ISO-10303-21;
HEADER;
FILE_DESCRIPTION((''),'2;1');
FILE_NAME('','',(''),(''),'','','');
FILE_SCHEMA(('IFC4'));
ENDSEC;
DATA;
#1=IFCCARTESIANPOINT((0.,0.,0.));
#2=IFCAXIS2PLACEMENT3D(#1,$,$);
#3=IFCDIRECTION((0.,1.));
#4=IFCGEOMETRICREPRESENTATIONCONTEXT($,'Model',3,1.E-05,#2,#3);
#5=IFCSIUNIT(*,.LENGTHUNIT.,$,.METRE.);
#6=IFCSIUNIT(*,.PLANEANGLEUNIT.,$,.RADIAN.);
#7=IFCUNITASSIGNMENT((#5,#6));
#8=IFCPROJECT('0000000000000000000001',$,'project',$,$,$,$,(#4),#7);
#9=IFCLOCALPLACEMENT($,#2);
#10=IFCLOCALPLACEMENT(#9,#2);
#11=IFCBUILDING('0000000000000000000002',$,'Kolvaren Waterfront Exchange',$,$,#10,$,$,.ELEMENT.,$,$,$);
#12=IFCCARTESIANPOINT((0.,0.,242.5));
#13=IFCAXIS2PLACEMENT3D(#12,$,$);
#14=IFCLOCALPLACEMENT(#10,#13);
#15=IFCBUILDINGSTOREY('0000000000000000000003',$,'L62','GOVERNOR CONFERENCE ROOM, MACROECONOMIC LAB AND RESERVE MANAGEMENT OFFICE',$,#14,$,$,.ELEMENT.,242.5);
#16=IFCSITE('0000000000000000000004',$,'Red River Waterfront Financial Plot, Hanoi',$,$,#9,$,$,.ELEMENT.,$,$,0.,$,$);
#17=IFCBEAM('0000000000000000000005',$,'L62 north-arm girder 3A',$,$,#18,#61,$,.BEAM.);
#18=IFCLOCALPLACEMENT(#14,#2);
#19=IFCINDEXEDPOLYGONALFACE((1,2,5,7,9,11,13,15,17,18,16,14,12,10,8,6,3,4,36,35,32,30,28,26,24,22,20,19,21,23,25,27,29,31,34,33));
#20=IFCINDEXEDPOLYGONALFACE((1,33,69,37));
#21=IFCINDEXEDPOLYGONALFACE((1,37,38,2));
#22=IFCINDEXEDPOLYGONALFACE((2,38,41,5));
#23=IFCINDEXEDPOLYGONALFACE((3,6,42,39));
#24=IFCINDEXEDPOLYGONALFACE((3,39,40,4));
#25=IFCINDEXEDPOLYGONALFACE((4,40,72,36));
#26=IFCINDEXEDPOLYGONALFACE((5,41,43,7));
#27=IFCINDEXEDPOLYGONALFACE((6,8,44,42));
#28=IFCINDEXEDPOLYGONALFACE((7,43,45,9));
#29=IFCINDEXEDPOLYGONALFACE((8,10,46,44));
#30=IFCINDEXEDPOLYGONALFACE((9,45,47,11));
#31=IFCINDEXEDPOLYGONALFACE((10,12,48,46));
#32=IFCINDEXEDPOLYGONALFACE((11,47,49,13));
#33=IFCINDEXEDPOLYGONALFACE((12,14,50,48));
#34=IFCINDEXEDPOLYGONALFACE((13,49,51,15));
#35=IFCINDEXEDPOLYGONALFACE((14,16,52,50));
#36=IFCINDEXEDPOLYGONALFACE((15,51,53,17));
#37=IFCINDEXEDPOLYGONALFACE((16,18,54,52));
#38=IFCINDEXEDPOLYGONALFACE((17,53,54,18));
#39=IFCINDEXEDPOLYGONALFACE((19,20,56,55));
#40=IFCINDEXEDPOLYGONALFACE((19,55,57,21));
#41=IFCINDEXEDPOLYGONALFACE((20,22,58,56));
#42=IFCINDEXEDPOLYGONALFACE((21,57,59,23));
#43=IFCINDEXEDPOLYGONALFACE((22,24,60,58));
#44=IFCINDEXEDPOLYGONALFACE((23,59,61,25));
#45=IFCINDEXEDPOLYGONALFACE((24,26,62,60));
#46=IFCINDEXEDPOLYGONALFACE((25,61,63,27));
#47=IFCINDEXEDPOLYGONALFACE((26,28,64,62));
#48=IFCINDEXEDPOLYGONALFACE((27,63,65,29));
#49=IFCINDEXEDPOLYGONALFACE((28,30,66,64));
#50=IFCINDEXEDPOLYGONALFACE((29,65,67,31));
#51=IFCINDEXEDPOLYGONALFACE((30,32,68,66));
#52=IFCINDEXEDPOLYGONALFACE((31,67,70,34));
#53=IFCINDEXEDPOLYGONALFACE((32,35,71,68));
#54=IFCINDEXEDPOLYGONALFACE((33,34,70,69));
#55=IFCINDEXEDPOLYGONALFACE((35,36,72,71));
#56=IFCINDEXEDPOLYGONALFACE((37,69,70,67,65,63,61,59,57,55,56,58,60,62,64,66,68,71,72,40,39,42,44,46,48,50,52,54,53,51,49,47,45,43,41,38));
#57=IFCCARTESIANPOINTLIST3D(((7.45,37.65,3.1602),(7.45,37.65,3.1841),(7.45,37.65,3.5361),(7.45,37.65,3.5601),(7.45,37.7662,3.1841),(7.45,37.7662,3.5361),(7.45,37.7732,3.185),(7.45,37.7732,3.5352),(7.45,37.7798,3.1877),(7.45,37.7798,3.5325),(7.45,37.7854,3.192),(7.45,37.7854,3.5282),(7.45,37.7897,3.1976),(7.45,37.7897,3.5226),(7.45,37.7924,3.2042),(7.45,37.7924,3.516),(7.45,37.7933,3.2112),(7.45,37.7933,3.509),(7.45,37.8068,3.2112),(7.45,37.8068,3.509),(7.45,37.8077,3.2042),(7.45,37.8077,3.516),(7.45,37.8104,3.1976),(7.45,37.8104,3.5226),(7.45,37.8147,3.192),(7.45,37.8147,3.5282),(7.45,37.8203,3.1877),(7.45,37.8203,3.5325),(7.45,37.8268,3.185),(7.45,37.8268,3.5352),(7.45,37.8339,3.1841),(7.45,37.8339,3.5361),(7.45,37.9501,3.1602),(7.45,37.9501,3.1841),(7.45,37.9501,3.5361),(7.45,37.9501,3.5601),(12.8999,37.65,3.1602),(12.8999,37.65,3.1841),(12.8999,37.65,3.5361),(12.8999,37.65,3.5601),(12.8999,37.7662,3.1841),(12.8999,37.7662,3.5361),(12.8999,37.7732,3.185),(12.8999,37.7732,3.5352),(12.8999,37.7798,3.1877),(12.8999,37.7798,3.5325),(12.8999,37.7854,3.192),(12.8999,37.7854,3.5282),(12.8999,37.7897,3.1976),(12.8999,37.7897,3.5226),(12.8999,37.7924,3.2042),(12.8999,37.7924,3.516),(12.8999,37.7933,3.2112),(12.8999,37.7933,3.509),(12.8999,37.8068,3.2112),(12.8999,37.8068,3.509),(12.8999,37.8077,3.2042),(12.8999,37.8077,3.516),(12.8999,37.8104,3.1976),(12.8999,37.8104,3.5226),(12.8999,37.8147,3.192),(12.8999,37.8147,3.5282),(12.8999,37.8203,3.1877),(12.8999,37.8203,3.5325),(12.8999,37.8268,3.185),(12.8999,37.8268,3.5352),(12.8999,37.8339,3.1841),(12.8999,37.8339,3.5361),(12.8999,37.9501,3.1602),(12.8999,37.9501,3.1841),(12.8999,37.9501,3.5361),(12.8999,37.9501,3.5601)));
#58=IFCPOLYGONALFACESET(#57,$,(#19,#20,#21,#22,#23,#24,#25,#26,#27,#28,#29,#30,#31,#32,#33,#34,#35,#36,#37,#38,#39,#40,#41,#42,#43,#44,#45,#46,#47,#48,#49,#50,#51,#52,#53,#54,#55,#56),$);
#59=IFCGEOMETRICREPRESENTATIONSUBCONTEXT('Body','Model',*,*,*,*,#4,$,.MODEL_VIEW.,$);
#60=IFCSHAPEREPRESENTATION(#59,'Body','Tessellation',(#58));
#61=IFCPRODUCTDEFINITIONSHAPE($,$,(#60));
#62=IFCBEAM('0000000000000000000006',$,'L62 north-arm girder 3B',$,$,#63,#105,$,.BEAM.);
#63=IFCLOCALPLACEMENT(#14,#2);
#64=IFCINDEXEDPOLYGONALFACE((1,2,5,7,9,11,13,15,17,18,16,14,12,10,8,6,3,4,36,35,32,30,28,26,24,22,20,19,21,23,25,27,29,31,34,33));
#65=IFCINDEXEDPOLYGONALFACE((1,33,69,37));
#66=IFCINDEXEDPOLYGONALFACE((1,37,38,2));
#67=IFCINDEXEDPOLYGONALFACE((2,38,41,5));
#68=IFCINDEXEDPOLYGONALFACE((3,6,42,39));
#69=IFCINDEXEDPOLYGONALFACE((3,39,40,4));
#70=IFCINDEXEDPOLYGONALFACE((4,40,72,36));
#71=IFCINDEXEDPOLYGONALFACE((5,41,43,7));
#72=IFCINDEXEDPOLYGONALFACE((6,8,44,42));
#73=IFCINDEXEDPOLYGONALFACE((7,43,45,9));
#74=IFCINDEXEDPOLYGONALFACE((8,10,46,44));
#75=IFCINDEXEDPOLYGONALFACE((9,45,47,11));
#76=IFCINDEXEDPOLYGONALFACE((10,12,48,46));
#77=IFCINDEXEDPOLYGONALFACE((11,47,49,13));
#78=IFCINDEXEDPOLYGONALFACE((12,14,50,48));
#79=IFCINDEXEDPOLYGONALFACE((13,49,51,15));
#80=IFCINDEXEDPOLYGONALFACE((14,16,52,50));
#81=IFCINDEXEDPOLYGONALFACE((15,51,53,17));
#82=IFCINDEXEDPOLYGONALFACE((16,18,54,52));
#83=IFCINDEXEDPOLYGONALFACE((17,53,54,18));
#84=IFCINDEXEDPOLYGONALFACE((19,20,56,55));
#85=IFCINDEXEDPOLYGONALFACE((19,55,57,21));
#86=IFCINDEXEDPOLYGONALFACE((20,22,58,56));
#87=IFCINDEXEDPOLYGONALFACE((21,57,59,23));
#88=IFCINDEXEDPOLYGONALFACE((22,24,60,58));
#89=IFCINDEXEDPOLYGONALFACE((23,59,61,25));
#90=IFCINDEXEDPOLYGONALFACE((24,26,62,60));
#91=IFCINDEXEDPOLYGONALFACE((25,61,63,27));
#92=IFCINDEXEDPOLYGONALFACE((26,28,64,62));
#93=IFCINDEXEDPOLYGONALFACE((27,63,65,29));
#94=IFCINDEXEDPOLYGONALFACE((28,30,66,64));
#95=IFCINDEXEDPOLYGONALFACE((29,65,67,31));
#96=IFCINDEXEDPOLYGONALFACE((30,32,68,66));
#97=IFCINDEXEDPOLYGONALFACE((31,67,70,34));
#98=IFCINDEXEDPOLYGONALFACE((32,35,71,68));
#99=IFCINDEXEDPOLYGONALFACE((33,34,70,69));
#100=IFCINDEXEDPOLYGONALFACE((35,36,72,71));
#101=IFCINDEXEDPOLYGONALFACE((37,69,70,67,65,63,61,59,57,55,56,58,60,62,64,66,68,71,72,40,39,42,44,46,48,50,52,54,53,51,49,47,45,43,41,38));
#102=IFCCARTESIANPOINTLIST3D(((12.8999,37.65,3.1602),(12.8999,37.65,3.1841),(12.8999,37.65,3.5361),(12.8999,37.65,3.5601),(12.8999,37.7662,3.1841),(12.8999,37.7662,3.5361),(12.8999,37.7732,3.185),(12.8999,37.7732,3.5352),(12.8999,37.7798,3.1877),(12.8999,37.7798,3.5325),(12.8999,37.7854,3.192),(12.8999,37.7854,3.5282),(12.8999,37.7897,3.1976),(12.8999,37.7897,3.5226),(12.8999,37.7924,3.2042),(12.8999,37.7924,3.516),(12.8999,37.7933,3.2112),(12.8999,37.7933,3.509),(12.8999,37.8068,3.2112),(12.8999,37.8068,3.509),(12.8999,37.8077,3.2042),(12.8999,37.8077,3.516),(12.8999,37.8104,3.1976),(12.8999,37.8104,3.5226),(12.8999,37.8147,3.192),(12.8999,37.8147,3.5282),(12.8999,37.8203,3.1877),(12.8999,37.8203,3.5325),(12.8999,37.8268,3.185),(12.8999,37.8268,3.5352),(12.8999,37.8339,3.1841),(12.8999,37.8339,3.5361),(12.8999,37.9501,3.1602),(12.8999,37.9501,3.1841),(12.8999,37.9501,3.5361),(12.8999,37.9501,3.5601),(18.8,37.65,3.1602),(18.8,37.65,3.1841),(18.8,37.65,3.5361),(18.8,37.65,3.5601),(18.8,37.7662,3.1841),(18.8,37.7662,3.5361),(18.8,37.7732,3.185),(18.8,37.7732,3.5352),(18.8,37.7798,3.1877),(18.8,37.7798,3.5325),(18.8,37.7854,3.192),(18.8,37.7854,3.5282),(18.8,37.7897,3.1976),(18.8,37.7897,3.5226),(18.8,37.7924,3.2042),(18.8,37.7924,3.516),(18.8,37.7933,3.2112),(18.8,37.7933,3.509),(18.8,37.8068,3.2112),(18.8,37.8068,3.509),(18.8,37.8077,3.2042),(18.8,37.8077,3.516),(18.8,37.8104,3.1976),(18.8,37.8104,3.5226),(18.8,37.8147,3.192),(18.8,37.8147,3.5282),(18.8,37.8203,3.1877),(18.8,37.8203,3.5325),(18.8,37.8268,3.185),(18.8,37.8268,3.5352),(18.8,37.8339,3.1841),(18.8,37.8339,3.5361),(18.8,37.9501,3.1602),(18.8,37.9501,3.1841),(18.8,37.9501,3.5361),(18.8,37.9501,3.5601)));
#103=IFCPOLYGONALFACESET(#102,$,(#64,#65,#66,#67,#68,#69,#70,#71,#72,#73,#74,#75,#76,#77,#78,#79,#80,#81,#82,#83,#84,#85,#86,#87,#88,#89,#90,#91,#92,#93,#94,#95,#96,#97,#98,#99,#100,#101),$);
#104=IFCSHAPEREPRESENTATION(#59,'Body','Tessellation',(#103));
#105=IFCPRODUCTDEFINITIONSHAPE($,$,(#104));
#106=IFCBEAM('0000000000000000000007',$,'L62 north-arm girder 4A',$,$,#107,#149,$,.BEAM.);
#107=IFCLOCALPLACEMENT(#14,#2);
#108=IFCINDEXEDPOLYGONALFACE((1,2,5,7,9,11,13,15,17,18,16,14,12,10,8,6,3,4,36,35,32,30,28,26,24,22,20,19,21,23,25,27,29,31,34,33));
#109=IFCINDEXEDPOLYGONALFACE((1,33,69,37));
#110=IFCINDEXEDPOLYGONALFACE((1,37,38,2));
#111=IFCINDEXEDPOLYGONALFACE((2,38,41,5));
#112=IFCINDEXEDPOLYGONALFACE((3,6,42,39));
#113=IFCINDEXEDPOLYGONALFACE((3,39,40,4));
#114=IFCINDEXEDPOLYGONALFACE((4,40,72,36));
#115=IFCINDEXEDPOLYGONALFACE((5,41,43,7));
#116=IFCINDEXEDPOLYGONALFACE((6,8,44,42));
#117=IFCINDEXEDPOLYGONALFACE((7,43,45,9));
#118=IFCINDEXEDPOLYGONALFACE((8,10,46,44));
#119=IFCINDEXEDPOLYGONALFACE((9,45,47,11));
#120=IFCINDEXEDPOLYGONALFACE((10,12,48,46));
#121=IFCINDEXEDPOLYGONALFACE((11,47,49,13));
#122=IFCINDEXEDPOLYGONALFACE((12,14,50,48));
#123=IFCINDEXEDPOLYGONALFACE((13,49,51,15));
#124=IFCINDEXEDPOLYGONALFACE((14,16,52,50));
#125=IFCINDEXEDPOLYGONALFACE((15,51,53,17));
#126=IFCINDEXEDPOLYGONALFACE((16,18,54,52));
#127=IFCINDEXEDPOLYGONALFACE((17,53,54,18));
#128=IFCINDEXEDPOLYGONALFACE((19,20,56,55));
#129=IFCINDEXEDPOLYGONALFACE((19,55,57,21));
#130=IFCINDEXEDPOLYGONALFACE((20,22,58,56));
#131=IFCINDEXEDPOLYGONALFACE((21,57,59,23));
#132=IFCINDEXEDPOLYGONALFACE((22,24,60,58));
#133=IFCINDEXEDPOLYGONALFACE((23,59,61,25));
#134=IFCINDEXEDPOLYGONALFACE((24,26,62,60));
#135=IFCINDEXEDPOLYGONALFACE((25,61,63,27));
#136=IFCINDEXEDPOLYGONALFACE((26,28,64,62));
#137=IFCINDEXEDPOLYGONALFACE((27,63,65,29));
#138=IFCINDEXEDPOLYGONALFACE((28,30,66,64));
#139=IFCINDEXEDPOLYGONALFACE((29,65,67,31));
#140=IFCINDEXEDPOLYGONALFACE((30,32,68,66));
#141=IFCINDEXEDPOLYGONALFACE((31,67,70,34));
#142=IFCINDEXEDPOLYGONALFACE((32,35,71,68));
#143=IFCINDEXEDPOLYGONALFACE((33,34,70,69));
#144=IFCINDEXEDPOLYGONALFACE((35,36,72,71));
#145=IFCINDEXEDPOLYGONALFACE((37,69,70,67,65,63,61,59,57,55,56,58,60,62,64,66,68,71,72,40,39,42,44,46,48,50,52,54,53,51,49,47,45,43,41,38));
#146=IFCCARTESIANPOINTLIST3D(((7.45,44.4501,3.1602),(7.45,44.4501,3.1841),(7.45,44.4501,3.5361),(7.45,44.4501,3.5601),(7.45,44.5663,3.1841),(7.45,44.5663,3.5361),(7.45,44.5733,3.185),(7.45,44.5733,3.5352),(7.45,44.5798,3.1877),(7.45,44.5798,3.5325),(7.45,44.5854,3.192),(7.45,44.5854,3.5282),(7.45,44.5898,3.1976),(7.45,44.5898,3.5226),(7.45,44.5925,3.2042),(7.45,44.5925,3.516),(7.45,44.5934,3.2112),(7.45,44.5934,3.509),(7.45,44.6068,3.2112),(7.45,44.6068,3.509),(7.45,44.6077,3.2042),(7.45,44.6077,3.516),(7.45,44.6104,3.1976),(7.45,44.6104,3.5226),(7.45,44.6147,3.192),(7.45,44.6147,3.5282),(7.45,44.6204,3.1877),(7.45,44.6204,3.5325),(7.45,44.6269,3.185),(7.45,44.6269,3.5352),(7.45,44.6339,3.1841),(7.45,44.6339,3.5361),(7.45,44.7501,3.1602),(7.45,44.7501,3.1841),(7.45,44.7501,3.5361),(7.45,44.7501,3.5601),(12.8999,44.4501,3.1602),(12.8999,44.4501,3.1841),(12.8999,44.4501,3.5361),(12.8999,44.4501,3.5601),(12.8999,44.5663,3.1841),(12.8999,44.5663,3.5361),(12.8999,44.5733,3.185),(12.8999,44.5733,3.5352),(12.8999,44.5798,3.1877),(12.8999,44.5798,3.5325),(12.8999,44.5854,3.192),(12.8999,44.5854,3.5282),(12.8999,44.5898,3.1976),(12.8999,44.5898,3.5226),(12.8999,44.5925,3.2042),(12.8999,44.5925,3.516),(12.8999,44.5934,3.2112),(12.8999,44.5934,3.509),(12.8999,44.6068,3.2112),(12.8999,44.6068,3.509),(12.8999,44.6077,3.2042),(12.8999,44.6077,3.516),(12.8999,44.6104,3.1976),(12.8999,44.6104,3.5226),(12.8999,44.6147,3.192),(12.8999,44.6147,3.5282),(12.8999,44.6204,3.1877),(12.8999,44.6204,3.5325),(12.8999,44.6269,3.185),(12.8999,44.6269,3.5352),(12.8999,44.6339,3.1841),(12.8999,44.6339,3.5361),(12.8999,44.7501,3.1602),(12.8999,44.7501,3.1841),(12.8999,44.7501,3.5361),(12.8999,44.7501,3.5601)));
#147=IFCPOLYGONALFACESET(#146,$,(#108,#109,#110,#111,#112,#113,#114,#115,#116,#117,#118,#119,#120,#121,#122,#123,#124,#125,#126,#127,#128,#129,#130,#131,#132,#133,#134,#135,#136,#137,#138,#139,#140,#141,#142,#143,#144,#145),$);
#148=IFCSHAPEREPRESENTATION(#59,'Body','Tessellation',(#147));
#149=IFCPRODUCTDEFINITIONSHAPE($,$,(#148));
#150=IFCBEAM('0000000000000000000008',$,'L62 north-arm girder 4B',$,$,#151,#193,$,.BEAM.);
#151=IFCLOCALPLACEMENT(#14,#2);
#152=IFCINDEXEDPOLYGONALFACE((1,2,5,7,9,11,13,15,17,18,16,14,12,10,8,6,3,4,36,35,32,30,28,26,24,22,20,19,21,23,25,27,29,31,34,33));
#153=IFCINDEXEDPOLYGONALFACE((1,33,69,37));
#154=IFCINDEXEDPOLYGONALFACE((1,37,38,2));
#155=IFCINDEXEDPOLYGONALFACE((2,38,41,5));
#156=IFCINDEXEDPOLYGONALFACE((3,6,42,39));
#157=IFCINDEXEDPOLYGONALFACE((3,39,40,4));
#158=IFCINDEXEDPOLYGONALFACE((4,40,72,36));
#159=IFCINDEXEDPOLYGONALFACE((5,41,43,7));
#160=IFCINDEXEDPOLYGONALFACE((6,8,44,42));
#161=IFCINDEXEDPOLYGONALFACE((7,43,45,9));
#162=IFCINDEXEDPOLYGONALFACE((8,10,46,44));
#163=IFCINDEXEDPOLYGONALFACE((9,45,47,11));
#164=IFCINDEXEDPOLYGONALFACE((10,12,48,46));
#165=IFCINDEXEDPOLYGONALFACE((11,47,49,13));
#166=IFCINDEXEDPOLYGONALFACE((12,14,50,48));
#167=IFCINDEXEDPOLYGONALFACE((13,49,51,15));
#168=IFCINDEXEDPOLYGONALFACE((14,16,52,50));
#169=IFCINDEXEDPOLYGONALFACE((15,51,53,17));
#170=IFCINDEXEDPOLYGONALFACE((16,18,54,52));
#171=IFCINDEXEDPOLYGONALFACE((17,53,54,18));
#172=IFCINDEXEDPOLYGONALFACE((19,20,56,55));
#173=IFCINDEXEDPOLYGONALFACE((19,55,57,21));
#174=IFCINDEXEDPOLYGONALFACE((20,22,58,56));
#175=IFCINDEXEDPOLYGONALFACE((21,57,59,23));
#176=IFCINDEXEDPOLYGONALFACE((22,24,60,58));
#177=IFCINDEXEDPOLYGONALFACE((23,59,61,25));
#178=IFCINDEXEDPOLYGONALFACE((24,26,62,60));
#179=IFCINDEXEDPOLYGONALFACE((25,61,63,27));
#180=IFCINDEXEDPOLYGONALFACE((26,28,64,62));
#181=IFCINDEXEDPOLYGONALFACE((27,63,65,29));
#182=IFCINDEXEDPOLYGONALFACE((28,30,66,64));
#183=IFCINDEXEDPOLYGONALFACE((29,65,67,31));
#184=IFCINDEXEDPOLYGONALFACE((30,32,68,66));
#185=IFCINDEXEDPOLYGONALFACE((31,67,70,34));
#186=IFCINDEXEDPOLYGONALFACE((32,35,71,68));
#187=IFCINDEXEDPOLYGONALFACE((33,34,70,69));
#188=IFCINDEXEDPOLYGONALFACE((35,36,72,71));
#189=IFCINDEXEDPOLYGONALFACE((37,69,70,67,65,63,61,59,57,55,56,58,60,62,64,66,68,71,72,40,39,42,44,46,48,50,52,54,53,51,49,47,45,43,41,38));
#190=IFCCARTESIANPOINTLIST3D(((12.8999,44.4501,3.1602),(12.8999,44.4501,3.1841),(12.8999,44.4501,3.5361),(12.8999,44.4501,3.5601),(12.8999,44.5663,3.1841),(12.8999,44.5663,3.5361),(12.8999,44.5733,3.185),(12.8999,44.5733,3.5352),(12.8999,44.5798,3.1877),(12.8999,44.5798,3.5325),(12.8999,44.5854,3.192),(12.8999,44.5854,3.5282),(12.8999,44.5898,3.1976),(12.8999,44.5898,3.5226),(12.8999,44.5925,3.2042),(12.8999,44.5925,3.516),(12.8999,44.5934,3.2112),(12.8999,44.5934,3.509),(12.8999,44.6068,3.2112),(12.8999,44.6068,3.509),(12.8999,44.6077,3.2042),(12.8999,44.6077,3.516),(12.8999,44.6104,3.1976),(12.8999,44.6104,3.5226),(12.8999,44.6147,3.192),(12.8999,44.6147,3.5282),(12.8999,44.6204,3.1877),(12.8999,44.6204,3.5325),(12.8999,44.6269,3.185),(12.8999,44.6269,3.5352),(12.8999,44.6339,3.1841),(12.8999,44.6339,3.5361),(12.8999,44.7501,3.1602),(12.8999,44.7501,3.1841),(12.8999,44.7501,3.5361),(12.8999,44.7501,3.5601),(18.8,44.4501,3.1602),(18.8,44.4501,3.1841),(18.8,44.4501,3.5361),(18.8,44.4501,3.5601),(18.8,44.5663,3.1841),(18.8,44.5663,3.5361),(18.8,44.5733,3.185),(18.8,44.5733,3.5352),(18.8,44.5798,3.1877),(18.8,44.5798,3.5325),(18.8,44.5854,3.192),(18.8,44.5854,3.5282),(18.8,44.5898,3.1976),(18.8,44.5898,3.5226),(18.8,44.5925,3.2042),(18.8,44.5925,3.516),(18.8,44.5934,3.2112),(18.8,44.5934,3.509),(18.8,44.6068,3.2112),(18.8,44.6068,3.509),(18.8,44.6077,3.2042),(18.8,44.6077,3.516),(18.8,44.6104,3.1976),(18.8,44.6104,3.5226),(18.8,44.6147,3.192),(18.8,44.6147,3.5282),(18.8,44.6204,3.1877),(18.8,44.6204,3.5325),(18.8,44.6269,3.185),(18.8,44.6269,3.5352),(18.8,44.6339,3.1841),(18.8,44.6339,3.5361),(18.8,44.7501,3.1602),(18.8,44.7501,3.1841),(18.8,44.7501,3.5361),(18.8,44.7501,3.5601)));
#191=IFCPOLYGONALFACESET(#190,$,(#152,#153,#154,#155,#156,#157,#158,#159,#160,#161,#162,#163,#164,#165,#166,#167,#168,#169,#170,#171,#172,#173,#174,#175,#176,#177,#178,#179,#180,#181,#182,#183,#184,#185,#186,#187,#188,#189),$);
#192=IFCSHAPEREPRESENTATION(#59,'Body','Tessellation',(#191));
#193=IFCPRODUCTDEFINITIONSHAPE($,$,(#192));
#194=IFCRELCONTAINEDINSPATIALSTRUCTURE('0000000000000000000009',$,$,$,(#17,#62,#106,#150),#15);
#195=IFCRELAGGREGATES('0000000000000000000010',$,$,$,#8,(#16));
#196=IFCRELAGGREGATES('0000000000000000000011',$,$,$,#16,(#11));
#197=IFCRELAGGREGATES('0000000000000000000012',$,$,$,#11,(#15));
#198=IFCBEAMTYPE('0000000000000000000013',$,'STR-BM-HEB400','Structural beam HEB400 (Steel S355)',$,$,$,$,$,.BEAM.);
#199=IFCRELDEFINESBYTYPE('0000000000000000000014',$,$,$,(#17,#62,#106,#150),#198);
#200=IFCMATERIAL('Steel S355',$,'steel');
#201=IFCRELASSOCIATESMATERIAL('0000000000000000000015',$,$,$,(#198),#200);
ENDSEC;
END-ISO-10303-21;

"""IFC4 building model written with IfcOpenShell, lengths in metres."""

from ifc_helpers import new_model, si_unit, direction, frame, origin, origin_2d, place, context, subcontext, project, spatial, i_section, extrude, material, material_profile, profile_set, type_object, element, save


model = new_model("IFC4")

# Units and contexts
model_context = context("Model", 3, precision=1e-05, world=origin(), true_north=direction((0.0, 1.0)))
body_context = subcontext(model_context, "Body", "Model", "MODEL_VIEW")
ifc_project = project(units=[si_unit("LENGTHUNIT", "METRE"), si_unit("PLANEANGLEUNIT", "RADIAN")], contexts=[model_context])

# Site, building, storey
site_placement = place(None, origin())
site = spatial("IfcSite", under=ifc_project, at=site_placement, Name="Red River Waterfront Financial Plot, Hanoi", CompositionType="ELEMENT", RefElevation=0.0)
building_placement = place(site_placement, origin())
building = spatial("IfcBuilding", under=site, at=building_placement, Name="Kolvaren Waterfront Exchange", CompositionType="ELEMENT")
storey_placement = place(building_placement, frame((0.0, 0.0, 242.5)))
storey = spatial("IfcBuildingStorey", under=building, at=storey_placement, Name="L62", Description="GOVERNOR CONFERENCE ROOM, MACROECONOMIC LAB AND RESERVE MANAGEMENT OFFICE", CompositionType="ELEMENT", Elevation=242.5)

# Beams
ifc_material_1 = material(Name="Steel S355", Category="steel")
ifc_material_profile_1 = material_profile(ifc_material_1, i_section(OverallWidth=0.3, OverallDepth=0.3999, WebThickness=0.0134, FlangeThickness=0.0239, FilletRadius=0.0271, at=origin_2d()), Name="HEB400")
ifc_profile_set_1 = profile_set([ifc_material_profile_1], Name="Steel S355")
beam_type_1 = type_object("IfcBeamType", Name="STR-BM-HEB400", Description="Structural beam HEB400 (Steel S355)", PredefinedType="BEAM", material=ifc_profile_set_1)
beam_1_placement = place(storey_placement, frame((7.45, 37.8, 3.3601), z_axis=(1.0, 0.0, 0.0), x_axis=(0.0, 1.0, 0.0)))
element("IfcBeam", 1, at=beam_1_placement, inside=storey, type_object=beam_type_1, Name="L62 north-arm girder 3A", PredefinedType="BEAM", context=body_context, shape_type="SweptSolid", body=[
    extrude(i_section(OverallWidth=0.3, OverallDepth=0.3999, WebThickness=0.0134, FlangeThickness=0.0239, FilletRadius=0.0271, at=origin_2d()), origin(), (0.0, 0.0, 1.0), 5.45),
])
beam_2_placement = place(storey_placement, frame((12.8999, 37.8, 3.3601), z_axis=(1.0, 0.0, 0.0), x_axis=(0.0, 1.0, 0.0)))
element("IfcBeam", 2, at=beam_2_placement, inside=storey, type_object=beam_type_1, Name="L62 north-arm girder 3B", PredefinedType="BEAM", context=body_context, shape_type="SweptSolid", body=[
    extrude(i_section(OverallWidth=0.3, OverallDepth=0.3999, WebThickness=0.0134, FlangeThickness=0.0239, FilletRadius=0.0271, at=origin_2d()), origin(), (0.0, 0.0, 1.0), 5.9001),
])
beam_3_placement = place(storey_placement, frame((7.45, 44.6001, 3.3601), z_axis=(1.0, 0.0, 0.0), x_axis=(0.0, 1.0, 0.0)))
element("IfcBeam", 3, at=beam_3_placement, inside=storey, type_object=beam_type_1, Name="L62 north-arm girder 4A", PredefinedType="BEAM", context=body_context, shape_type="SweptSolid", body=[
    extrude(i_section(OverallWidth=0.3, OverallDepth=0.3999, WebThickness=0.0134, FlangeThickness=0.0239, FilletRadius=0.0271, at=origin_2d()), origin(), (0.0, 0.0, 1.0), 5.45),
])
beam_4_placement = place(storey_placement, frame((12.8999, 44.6001, 3.3601), z_axis=(1.0, 0.0, 0.0), x_axis=(0.0, 1.0, 0.0)))
element("IfcBeam", 4, at=beam_4_placement, inside=storey, type_object=beam_type_1, Name="L62 north-arm girder 4B", PredefinedType="BEAM", context=body_context, shape_type="SweptSolid", body=[
    extrude(i_section(OverallWidth=0.3, OverallDepth=0.3999, WebThickness=0.0134, FlangeThickness=0.0239, FilletRadius=0.0271, at=origin_2d()), origin(), (0.0, 0.0, 1.0), 5.9001),
])

save(model, "model.ifc")
